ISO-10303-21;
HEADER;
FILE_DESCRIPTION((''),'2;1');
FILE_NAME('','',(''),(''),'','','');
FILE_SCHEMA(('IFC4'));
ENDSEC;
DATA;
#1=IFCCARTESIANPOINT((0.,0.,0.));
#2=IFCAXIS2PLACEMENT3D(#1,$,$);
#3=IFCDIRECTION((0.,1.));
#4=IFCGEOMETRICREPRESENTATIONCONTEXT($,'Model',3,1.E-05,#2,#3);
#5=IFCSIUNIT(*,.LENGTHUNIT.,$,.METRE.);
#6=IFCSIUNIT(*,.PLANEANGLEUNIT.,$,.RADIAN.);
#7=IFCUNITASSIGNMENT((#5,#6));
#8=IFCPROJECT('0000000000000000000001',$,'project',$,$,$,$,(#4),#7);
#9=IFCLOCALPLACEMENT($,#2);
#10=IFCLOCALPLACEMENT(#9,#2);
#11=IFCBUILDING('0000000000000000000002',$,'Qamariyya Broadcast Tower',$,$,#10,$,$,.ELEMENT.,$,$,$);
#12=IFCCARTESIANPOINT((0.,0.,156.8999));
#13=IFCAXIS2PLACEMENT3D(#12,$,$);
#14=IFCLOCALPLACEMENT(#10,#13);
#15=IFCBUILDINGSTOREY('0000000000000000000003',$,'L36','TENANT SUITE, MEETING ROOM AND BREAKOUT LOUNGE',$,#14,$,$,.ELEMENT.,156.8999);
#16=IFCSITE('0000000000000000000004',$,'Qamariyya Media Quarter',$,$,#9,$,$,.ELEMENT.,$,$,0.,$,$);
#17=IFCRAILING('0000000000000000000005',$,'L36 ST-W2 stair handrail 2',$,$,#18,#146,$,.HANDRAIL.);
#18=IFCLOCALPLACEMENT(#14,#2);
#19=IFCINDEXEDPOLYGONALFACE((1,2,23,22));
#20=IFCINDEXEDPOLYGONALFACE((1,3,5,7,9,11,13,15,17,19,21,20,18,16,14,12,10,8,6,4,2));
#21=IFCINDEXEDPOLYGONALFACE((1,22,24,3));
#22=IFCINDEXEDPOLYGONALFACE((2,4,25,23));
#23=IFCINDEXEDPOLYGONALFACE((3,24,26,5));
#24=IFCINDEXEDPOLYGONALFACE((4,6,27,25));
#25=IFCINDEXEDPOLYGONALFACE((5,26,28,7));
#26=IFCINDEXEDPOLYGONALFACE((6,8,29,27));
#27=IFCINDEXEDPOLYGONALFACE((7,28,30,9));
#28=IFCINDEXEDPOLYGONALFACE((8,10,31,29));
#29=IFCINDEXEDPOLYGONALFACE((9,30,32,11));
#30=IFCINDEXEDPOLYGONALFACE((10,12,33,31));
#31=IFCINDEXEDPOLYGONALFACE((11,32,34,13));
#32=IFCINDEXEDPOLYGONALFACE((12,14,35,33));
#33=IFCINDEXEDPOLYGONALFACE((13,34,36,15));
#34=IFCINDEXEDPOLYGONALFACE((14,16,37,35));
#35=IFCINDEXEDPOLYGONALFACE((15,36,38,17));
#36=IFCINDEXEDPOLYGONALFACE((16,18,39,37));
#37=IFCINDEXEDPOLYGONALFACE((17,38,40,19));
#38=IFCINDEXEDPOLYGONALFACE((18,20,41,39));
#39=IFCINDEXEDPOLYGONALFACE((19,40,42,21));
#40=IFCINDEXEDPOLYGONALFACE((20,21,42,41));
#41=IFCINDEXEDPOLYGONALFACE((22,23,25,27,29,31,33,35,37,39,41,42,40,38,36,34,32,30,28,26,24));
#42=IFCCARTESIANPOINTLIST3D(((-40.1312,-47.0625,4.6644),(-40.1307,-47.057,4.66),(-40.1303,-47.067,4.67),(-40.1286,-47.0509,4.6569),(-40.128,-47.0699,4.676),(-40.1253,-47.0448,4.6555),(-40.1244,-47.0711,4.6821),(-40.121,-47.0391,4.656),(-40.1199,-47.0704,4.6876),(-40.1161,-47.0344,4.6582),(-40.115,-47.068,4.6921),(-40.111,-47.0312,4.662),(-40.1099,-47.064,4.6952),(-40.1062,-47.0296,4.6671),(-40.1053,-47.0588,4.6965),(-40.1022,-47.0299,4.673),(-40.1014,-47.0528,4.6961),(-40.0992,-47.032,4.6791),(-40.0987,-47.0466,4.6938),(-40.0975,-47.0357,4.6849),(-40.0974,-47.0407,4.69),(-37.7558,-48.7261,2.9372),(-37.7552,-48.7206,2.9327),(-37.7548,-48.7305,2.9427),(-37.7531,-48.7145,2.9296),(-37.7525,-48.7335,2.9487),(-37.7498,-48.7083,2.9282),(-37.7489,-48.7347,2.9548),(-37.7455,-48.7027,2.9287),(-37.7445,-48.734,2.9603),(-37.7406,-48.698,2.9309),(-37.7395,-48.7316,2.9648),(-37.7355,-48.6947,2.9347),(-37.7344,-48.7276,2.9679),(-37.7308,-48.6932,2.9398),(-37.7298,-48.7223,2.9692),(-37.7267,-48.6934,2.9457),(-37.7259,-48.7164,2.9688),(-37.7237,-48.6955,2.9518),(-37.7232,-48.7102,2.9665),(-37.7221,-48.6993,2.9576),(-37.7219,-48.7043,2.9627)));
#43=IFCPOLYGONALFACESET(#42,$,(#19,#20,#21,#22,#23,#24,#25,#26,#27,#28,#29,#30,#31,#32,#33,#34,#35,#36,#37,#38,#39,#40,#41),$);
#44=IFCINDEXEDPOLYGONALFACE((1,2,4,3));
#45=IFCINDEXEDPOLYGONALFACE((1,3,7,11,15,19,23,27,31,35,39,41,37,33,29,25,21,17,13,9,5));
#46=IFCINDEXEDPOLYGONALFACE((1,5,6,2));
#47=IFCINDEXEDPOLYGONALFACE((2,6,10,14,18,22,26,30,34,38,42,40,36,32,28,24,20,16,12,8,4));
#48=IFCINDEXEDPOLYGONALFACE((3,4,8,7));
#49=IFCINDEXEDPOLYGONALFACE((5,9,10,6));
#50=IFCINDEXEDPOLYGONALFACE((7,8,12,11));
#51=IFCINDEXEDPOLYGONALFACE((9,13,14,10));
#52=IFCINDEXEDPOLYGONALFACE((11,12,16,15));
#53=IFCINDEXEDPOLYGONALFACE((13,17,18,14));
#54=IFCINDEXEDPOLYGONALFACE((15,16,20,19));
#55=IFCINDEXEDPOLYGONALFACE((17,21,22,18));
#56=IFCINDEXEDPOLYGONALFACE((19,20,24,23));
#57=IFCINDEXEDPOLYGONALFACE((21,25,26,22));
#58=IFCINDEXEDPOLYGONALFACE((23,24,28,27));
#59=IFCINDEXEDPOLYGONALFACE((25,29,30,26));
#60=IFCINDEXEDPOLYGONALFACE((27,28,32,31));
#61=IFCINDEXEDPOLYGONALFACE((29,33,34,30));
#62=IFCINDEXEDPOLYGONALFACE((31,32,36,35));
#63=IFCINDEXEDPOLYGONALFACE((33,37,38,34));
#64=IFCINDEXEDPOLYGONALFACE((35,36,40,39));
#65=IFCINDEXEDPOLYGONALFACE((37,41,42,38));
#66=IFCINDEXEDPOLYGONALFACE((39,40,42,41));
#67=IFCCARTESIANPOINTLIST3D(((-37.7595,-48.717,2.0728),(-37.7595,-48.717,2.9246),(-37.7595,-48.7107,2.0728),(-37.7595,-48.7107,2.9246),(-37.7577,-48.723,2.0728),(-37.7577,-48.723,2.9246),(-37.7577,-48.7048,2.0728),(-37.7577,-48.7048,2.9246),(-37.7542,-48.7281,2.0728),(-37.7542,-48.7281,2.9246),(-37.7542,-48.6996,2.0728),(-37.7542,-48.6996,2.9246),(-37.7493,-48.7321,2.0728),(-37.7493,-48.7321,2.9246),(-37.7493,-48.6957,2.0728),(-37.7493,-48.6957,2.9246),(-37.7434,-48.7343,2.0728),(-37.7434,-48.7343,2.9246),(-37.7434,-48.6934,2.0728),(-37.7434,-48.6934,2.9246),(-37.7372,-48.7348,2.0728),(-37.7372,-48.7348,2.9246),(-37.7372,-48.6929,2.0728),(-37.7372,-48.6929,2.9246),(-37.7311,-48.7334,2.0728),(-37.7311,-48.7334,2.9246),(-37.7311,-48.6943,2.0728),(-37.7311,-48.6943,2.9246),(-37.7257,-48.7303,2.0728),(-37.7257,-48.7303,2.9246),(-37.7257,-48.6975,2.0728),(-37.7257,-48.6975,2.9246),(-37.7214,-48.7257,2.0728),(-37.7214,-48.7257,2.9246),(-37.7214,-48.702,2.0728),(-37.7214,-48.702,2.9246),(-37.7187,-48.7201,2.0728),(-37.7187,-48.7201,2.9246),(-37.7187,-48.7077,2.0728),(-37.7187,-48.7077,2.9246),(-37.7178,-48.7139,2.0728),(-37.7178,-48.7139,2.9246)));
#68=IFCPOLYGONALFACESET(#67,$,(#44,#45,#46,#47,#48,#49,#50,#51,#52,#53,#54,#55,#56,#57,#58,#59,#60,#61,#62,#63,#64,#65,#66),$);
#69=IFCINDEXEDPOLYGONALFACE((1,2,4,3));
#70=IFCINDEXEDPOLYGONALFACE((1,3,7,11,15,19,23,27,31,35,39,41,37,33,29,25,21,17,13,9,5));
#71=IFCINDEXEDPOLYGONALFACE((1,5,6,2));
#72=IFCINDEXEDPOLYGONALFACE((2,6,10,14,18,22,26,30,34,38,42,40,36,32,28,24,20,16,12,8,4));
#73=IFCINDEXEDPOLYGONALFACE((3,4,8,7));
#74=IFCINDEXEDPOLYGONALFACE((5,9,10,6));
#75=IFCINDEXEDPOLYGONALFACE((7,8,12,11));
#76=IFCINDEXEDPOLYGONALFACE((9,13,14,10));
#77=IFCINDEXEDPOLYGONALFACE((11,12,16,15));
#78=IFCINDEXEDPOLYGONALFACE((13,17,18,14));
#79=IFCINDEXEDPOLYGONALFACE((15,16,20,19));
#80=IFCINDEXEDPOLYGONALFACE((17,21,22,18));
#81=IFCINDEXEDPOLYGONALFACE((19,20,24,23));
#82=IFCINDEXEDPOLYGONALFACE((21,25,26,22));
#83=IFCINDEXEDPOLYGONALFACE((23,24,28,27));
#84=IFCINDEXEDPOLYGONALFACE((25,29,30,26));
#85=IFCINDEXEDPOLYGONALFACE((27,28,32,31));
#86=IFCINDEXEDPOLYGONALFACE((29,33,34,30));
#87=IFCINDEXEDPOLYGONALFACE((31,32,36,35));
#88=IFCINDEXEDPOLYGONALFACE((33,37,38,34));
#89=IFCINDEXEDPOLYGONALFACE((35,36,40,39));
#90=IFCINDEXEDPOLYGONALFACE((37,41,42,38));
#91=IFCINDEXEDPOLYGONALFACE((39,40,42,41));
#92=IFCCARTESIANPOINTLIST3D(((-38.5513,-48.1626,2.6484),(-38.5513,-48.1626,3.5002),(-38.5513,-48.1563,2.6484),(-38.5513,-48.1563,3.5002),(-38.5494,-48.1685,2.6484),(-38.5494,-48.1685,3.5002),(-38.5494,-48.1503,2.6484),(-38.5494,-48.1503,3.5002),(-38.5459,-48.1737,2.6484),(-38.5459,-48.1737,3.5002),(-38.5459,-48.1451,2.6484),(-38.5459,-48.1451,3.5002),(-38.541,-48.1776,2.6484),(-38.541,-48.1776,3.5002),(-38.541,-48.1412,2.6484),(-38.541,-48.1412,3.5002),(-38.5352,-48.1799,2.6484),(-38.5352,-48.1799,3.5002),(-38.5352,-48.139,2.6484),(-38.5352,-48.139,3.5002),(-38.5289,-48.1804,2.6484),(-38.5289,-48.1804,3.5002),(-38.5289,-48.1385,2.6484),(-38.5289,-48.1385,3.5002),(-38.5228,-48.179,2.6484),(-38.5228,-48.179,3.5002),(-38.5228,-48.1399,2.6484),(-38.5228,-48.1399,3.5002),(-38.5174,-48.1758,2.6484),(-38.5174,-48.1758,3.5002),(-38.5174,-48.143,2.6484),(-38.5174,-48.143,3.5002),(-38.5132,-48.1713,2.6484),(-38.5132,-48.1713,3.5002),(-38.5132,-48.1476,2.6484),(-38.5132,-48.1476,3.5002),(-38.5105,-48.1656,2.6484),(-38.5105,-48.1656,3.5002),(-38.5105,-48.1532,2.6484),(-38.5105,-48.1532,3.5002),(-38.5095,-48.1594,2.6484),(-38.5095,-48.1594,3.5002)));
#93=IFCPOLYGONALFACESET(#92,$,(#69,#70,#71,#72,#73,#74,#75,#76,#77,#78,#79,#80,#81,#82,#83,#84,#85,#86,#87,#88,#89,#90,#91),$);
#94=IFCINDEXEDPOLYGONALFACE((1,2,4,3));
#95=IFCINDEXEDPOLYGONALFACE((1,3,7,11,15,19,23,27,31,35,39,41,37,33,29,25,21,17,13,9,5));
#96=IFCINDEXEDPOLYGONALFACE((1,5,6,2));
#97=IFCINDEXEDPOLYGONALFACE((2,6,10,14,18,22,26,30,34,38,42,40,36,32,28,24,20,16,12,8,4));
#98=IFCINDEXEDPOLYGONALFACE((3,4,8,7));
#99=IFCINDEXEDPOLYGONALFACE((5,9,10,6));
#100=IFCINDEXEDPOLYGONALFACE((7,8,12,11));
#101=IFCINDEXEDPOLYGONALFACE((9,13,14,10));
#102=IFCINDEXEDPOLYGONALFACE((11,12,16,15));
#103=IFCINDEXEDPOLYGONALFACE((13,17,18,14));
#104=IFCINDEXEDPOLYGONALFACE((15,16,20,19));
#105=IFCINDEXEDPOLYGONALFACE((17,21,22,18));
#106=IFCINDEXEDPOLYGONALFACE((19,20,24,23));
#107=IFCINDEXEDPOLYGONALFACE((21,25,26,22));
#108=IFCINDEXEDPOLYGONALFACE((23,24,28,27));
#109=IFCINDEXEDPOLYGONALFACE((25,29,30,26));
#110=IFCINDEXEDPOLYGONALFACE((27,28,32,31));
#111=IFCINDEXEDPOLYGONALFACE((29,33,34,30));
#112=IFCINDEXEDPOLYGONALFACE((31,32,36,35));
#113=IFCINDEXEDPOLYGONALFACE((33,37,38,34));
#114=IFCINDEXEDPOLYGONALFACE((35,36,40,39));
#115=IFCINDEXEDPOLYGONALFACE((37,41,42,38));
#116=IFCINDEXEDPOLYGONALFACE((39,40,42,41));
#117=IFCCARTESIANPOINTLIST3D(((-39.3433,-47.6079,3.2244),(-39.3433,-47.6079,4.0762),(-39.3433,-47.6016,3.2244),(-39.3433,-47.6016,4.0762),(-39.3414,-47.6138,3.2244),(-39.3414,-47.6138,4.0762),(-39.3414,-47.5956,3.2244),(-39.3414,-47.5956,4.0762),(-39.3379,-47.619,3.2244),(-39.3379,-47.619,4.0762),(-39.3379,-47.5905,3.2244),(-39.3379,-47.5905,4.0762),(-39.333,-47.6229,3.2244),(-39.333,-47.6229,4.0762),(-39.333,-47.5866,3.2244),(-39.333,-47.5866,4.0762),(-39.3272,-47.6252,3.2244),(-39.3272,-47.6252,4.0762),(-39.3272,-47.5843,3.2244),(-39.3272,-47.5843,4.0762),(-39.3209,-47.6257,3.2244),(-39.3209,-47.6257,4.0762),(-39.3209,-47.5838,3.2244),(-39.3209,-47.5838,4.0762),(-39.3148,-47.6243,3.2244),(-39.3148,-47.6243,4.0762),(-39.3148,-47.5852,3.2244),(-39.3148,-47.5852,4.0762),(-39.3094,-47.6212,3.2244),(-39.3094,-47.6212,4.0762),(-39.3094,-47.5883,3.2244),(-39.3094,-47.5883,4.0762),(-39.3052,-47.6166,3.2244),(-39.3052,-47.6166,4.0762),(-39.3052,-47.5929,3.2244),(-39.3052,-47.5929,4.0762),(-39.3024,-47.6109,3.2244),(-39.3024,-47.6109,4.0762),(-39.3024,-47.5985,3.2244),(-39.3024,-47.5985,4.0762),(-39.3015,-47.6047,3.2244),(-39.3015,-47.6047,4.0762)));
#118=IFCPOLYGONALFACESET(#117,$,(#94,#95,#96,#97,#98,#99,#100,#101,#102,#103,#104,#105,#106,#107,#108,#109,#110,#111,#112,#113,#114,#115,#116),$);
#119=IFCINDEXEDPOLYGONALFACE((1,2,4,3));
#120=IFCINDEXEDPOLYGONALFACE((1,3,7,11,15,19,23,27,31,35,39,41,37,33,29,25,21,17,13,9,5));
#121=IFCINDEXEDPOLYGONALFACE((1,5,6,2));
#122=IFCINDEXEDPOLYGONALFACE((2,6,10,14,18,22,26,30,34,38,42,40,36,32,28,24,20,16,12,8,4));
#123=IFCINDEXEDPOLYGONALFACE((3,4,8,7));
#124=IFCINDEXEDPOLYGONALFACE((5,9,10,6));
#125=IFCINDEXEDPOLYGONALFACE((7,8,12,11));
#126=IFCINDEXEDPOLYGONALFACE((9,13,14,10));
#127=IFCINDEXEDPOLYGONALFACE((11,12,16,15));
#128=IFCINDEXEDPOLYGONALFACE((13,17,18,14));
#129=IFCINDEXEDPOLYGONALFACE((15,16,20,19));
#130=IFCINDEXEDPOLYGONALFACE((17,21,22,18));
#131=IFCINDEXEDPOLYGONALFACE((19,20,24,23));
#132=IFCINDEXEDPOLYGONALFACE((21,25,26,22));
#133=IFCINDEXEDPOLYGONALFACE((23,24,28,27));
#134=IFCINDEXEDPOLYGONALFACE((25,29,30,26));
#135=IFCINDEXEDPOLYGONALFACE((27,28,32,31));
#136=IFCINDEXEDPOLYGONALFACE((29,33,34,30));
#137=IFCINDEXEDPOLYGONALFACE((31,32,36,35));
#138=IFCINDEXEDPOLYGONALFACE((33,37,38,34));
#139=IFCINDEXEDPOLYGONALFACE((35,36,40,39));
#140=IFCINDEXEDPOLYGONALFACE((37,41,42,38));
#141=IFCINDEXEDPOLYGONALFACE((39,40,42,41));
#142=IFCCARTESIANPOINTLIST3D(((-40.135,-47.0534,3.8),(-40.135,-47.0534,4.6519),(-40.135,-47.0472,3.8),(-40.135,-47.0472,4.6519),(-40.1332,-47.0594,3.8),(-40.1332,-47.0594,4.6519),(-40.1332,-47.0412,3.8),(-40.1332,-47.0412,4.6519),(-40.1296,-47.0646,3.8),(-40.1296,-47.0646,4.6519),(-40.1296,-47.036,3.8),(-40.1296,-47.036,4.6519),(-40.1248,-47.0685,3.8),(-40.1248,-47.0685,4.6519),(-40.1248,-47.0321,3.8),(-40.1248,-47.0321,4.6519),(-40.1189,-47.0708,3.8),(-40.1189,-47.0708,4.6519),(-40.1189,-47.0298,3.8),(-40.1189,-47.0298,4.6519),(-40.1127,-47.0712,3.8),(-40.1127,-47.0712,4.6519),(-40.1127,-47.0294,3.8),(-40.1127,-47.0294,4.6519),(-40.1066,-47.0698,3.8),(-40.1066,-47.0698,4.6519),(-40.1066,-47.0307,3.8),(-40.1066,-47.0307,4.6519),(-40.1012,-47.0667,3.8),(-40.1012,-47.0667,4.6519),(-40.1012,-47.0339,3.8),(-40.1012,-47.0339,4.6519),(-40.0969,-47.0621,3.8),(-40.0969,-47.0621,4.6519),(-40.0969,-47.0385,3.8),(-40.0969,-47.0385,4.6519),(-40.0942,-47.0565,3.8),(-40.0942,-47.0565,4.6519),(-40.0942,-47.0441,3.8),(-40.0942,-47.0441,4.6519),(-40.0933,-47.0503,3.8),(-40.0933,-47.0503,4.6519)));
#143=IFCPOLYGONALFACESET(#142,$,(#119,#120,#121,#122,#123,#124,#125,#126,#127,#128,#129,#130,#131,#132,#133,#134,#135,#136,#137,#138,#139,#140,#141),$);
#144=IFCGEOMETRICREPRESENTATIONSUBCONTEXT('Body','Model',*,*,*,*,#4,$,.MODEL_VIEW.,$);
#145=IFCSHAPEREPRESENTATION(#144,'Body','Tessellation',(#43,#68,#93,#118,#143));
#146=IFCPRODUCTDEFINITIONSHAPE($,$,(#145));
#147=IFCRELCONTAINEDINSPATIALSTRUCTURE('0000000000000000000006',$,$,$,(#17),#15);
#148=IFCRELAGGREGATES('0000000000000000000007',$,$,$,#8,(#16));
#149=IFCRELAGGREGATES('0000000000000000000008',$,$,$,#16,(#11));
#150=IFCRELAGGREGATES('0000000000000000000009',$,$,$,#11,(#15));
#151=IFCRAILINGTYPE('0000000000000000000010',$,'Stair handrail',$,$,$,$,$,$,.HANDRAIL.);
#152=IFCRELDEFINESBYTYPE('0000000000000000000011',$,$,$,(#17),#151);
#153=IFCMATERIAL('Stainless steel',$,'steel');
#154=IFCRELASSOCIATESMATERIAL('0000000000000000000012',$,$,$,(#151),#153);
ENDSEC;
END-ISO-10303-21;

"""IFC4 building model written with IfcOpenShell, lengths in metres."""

from ifc_helpers import new_model, si_unit, direction, frame, origin, origin_2d, place, context, subcontext, project, spatial, circle, extrude, material, type_object, element, save


model = new_model("IFC4")

# Units and contexts
model_context = context("Model", 3, precision=1e-05, world=origin(), true_north=direction((0.0, 1.0)))
body_context = subcontext(model_context, "Body", "Model", "MODEL_VIEW")
ifc_project = project(units=[si_unit("LENGTHUNIT", "METRE"), si_unit("PLANEANGLEUNIT", "RADIAN")], contexts=[model_context])

# Site, building, storey
site_placement = place(None, origin())
site = spatial("IfcSite", under=ifc_project, at=site_placement, Name="Qamariyya Media Quarter", CompositionType="ELEMENT", RefElevation=0.0)
building_placement = place(site_placement, origin())
building = spatial("IfcBuilding", under=site, at=building_placement, Name="Qamariyya Broadcast Tower", CompositionType="ELEMENT")
storey_placement = place(building_placement, frame((0.0, 0.0, 156.8999)))
storey = spatial("IfcBuildingStorey", under=building, at=storey_placement, Name="L36", Description="TENANT SUITE, MEETING ROOM AND BREAKOUT LOUNGE", CompositionType="ELEMENT", Elevation=156.8999)

# Railing
ifc_material_1 = material(Name="Stainless steel", Category="steel")
railing_type_1 = type_object("IfcRailingType", Name="Stair handrail", PredefinedType="HANDRAIL", material=ifc_material_1)
railing_1_placement = place(storey_placement, frame((-37.7388, -48.7139, 2.0728)))
element("IfcRailing", 1, at=railing_1_placement, inside=storey, type_object=railing_type_1, Name="L36 ST-W2 stair handrail 2", PredefinedType="HANDRAIL", context=body_context, shape_type="SweptSolid", body=[
    extrude(circle(Radius=0.0239, at=origin_2d()), frame((0.0, 0.0, 0.876), z_axis=(-0.703745, 0.492838, 0.511716), x_axis=(-0.573632, -0.819113, 0.0)), (0.0, 0.0, 1.0), 3.3755),
    extrude(circle(Radius=0.021, at=origin_2d()), origin(), (0.0, 0.0, 1.0), 0.8518),
    extrude(circle(Radius=0.021, at=origin_2d()), frame((-0.7917, 0.5544, 0.5757)), (0.0, 0.0, 1.0), 0.8518),
    extrude(circle(Radius=0.021, at=origin_2d()), frame((-1.5837, 1.1091, 1.1516)), (0.0, 0.0, 1.0), 0.8518),
    extrude(circle(Radius=0.021, at=origin_2d()), frame((-2.3755, 1.6636, 1.7273)), (0.0, 0.0, 1.0), 0.8518),
])

save(model, "model.ifc")
